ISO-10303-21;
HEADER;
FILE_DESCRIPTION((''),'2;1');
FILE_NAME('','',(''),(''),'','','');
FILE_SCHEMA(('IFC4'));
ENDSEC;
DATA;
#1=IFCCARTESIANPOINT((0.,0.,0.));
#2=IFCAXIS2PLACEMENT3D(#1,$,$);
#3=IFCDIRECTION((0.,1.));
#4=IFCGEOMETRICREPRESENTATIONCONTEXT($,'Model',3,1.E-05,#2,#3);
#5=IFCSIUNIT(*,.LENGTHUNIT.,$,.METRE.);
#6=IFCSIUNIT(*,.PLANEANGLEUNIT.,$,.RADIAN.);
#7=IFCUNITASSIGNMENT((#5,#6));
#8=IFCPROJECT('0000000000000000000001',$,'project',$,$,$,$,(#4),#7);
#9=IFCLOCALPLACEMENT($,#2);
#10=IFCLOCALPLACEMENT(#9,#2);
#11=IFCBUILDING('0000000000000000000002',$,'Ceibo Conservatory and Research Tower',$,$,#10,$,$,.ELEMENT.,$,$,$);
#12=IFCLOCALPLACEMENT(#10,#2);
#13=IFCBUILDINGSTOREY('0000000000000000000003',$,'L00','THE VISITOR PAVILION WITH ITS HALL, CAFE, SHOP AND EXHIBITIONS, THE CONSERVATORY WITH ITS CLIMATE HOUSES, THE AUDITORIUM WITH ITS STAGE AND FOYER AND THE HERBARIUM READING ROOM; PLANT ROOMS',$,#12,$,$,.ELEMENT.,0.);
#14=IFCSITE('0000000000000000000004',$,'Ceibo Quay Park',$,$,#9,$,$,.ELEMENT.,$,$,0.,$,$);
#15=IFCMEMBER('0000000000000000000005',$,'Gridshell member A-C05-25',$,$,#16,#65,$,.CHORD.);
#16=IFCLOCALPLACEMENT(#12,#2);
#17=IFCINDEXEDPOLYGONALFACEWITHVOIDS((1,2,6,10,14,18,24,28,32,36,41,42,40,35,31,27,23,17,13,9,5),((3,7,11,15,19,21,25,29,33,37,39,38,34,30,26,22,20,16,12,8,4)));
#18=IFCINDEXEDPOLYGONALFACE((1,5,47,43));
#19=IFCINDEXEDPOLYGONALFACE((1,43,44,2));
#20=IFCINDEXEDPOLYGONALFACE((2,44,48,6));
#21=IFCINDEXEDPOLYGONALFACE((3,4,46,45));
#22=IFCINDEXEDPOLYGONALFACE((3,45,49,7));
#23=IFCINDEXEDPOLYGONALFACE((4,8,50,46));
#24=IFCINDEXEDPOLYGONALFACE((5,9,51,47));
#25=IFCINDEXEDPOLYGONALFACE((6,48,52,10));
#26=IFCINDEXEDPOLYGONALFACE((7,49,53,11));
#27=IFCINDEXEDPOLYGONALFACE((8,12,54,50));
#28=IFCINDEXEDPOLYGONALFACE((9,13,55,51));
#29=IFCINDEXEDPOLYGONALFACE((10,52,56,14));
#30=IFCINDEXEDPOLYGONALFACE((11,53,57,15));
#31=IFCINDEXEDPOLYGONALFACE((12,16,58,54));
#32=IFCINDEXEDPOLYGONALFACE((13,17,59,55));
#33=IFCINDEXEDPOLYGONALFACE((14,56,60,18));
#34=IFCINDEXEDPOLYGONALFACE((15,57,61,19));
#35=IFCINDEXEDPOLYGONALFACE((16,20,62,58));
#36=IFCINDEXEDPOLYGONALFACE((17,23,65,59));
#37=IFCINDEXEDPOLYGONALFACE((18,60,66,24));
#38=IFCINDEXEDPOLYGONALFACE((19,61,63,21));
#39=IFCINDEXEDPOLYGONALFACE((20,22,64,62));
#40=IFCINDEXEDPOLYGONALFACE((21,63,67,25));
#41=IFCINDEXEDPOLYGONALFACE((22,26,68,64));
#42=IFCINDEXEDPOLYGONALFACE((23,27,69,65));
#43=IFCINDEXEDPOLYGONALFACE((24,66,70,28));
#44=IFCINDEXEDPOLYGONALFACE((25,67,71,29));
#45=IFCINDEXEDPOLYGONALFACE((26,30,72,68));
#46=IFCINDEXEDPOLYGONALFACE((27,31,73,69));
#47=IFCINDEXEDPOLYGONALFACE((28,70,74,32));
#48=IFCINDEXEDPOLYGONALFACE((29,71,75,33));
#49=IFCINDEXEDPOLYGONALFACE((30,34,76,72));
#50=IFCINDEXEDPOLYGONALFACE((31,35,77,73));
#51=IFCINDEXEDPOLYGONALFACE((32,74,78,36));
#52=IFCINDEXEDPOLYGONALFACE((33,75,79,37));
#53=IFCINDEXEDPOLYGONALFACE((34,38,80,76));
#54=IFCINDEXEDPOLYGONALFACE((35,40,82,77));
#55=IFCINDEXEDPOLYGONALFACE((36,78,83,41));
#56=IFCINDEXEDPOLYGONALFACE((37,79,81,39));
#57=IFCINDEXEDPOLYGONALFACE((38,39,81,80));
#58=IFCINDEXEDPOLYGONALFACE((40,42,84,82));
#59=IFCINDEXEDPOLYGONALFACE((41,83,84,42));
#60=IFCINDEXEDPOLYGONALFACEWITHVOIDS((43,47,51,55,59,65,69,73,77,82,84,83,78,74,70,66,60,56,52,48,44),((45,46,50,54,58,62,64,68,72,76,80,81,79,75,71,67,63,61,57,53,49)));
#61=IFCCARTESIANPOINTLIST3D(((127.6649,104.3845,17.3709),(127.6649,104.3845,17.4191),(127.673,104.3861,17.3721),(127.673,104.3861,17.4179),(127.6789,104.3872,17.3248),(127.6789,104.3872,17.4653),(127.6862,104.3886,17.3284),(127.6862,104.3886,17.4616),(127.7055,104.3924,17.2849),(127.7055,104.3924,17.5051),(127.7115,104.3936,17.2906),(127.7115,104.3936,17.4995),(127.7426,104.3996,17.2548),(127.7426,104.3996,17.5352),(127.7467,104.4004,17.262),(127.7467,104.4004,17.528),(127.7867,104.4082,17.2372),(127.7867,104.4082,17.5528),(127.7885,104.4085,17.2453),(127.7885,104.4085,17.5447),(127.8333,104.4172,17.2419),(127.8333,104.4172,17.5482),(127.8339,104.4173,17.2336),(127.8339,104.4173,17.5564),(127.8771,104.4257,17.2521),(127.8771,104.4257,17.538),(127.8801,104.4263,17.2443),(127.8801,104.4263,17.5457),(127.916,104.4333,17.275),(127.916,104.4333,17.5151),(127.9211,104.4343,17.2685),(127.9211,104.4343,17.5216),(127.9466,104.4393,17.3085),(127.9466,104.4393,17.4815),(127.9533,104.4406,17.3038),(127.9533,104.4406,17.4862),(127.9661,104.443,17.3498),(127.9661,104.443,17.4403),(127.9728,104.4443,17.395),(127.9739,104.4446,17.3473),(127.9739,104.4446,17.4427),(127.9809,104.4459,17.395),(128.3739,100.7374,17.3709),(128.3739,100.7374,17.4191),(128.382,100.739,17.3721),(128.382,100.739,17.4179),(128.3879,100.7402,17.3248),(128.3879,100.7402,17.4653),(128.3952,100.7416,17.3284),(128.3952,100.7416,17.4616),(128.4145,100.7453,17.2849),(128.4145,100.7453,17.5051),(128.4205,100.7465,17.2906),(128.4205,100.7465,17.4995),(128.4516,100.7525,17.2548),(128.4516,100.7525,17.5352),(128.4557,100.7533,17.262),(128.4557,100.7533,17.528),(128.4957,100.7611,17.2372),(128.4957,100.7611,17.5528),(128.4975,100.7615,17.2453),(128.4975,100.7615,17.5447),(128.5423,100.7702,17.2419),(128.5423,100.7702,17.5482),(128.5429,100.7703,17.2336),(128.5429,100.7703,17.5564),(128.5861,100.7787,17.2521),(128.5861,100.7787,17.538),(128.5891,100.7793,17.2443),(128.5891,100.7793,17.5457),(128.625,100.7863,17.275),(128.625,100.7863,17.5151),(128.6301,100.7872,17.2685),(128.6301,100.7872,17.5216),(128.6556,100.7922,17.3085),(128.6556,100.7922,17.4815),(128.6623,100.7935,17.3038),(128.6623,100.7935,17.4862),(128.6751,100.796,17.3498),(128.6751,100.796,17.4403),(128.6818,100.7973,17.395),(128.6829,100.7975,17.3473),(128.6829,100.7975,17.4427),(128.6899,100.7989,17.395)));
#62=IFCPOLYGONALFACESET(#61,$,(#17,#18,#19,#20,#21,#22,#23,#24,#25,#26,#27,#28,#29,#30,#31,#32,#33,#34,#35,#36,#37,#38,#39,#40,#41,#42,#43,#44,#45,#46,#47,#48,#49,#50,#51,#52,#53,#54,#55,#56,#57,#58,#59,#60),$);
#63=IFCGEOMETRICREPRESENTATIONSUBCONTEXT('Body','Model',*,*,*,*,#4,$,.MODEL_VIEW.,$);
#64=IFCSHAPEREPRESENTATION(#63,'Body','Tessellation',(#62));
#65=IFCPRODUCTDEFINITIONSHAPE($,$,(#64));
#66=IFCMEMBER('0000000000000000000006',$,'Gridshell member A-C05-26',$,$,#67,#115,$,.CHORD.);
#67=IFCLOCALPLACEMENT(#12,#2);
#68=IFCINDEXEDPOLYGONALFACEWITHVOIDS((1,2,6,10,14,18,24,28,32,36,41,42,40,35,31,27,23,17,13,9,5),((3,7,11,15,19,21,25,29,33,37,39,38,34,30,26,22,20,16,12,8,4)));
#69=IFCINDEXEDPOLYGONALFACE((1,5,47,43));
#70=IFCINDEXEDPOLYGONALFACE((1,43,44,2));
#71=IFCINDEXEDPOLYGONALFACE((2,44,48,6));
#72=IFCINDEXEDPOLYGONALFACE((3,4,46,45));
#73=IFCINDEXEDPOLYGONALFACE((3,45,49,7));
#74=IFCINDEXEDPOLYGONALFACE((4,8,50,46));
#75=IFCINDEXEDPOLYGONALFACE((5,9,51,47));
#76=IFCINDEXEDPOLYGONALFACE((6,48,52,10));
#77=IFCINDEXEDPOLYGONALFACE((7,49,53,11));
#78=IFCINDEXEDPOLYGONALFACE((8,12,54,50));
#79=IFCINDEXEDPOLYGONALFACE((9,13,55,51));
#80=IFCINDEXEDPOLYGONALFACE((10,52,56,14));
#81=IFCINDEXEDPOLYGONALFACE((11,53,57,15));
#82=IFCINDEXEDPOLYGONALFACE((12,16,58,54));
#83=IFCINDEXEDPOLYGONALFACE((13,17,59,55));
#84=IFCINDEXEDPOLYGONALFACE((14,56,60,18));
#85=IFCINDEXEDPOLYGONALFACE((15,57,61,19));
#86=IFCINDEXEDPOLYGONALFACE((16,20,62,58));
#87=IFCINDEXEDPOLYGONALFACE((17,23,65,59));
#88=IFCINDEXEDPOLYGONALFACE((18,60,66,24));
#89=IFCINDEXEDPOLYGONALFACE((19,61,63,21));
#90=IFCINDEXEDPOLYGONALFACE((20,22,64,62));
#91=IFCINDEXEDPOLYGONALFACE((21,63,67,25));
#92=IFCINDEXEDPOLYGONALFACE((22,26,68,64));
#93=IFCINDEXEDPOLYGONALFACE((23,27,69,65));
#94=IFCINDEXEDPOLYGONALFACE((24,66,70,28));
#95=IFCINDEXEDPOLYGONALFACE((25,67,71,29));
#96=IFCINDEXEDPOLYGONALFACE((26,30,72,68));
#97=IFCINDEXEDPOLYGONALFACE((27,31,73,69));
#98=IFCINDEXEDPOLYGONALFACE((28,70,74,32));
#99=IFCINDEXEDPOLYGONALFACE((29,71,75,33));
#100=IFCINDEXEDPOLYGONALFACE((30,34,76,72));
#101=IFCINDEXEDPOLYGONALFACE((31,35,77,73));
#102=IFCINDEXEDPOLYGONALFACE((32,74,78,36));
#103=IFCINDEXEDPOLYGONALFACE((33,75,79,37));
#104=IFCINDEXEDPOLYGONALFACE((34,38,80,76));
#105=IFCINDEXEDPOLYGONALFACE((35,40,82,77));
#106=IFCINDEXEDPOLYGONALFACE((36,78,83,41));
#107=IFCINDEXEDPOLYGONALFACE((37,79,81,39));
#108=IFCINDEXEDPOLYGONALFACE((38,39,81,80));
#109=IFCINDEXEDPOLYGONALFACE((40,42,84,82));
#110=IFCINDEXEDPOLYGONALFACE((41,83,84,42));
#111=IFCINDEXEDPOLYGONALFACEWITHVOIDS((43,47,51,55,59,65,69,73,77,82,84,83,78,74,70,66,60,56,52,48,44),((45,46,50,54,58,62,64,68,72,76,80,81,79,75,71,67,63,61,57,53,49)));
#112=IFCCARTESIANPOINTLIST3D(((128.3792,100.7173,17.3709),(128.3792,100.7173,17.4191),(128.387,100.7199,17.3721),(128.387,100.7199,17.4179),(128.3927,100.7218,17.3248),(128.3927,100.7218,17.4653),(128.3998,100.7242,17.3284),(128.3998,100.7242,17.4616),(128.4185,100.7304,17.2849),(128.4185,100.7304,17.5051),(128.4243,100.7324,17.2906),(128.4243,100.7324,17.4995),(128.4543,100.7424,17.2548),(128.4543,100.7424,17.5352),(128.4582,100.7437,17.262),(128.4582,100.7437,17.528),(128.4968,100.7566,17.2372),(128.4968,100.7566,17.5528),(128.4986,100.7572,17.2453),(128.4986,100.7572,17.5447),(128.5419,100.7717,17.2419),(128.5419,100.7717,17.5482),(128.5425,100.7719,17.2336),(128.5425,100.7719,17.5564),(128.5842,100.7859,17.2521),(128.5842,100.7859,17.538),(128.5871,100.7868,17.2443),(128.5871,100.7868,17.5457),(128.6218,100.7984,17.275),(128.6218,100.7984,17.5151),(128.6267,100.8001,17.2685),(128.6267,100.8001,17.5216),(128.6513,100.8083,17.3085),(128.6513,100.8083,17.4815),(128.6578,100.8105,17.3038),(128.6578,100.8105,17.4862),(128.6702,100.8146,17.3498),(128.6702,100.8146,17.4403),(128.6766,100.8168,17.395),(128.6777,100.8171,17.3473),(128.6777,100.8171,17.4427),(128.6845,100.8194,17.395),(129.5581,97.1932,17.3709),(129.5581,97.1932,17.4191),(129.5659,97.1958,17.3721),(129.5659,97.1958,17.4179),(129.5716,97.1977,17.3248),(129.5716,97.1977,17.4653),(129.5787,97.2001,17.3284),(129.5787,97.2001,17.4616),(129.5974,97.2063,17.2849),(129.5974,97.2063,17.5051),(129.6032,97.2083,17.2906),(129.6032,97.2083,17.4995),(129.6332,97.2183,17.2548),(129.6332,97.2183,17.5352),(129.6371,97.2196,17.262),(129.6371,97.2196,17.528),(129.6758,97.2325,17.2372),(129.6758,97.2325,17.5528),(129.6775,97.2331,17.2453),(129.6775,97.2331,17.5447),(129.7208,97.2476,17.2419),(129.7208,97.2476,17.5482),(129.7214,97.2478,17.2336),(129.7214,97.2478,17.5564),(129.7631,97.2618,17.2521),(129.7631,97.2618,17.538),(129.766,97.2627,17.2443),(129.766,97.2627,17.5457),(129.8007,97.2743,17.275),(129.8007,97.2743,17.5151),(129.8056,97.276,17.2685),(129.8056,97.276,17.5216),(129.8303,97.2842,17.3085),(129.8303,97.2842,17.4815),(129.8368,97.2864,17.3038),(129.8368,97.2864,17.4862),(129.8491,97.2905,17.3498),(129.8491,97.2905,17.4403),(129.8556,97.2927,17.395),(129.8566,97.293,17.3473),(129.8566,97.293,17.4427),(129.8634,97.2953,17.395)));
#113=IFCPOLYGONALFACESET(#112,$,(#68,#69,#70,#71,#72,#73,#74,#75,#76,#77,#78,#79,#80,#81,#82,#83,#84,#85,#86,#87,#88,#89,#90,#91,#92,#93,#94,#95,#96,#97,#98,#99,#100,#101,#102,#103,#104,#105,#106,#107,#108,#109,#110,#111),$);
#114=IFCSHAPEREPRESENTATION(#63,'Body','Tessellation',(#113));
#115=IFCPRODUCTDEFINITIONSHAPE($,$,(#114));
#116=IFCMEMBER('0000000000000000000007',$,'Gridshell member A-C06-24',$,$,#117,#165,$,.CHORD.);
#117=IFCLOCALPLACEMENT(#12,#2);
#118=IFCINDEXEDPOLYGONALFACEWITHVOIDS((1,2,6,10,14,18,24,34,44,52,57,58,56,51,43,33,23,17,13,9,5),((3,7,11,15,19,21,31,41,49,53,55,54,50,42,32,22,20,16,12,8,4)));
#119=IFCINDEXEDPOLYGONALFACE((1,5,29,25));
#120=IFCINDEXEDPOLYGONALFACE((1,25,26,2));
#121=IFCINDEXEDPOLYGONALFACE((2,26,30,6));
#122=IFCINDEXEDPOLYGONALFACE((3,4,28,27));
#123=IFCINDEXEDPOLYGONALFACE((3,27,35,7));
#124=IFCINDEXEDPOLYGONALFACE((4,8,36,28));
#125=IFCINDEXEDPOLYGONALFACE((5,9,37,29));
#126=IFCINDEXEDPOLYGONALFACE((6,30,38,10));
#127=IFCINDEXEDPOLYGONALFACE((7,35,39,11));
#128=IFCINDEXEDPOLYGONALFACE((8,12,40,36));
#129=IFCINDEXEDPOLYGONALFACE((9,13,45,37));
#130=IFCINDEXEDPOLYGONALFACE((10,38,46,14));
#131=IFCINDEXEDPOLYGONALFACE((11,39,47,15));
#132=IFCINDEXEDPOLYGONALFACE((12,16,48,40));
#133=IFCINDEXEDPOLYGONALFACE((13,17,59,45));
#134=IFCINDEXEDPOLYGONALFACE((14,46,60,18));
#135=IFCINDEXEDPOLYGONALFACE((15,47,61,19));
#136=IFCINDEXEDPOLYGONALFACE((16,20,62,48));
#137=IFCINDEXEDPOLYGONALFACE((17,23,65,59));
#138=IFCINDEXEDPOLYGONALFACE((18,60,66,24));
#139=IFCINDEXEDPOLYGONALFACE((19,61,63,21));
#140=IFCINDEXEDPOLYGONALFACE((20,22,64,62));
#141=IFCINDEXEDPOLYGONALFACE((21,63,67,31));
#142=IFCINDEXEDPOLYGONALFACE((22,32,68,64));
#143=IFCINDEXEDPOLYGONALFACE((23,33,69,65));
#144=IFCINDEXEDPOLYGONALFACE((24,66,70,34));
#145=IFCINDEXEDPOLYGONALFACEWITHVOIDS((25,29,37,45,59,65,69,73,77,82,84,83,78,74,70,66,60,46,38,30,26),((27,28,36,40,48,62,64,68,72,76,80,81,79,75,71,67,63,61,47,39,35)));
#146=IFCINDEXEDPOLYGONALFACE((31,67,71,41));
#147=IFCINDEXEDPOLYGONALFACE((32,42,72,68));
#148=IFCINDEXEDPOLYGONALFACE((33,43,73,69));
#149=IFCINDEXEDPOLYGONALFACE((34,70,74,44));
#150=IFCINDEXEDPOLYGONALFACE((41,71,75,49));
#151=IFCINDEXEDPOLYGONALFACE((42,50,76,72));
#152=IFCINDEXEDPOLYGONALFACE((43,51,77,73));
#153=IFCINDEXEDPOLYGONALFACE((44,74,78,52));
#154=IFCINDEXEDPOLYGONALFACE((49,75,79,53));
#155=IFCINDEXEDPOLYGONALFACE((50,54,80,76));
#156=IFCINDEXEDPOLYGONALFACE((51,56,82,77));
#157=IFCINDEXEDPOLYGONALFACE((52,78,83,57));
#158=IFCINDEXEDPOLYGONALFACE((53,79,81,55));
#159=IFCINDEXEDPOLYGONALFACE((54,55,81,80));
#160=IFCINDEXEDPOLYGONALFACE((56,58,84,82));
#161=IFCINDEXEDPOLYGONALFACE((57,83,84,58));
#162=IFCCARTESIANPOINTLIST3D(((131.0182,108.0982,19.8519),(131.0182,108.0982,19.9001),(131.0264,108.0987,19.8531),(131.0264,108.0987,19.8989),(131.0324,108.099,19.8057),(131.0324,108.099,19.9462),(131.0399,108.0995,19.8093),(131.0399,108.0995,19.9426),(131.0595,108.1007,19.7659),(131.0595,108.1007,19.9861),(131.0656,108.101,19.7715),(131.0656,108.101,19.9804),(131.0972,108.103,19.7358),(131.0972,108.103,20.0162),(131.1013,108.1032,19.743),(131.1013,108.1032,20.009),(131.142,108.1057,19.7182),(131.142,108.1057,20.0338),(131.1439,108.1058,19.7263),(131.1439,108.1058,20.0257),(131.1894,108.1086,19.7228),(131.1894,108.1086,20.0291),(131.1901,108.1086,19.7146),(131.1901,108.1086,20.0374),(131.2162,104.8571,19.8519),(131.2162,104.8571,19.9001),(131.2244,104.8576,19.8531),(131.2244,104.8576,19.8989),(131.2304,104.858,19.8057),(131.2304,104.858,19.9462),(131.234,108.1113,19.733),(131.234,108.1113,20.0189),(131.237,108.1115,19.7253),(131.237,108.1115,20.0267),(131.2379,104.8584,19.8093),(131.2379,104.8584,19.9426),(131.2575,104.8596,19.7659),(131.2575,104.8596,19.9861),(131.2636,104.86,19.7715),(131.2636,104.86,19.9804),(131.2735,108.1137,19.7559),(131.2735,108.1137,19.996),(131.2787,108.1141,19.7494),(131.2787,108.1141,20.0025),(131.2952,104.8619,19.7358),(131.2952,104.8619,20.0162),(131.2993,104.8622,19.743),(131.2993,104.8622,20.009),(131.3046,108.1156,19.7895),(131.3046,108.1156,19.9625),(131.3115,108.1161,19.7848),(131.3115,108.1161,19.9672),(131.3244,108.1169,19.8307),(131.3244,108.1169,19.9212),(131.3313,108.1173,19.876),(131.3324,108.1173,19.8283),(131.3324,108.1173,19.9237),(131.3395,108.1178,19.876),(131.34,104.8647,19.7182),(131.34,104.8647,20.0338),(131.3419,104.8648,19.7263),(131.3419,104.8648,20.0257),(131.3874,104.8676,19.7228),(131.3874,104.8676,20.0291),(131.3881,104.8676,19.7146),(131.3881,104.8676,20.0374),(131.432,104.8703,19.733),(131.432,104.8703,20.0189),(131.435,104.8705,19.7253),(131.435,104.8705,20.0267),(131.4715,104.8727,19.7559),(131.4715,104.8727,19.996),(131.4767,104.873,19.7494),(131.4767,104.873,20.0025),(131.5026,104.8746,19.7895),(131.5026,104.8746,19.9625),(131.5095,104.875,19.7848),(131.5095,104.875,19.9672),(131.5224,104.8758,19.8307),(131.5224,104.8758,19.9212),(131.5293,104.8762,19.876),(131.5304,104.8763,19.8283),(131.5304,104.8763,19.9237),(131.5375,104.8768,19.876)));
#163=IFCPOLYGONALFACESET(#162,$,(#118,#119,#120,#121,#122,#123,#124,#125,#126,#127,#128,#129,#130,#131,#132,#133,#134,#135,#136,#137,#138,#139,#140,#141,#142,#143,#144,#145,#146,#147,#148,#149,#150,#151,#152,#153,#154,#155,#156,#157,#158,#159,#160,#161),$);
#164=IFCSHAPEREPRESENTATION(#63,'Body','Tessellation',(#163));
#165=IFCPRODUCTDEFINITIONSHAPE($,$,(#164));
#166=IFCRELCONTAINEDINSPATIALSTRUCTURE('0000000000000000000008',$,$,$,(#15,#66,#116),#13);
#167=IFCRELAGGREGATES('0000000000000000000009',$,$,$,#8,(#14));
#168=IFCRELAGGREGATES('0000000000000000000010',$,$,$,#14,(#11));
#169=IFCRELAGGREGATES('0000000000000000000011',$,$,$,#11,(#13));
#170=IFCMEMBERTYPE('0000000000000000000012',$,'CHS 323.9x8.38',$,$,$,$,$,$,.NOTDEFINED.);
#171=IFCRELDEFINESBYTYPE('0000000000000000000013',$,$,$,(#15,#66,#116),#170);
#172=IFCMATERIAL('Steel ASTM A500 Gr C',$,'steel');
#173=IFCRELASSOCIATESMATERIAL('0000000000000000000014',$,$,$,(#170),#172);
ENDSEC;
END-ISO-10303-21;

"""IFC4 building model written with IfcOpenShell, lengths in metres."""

from ifc_helpers import new_model, si_unit, direction, frame, origin, origin_2d, place, context, subcontext, project, spatial, hollow_circle, extrude, material, material_profile, profile_set, type_object, element, save


model = new_model("IFC4")

# Units and contexts
model_context = context("Model", 3, precision=1e-05, world=origin(), true_north=direction((0.0, 1.0)))
body_context = subcontext(model_context, "Body", "Model", "MODEL_VIEW")
ifc_project = project(units=[si_unit("LENGTHUNIT", "METRE"), si_unit("PLANEANGLEUNIT", "RADIAN")], contexts=[model_context])

# Site, building, storey
site_placement = place(None, origin())
site = spatial("IfcSite", under=ifc_project, at=site_placement, Name="Ceibo Quay Park", CompositionType="ELEMENT", RefElevation=0.0)
building_placement = place(site_placement, origin())
building = spatial("IfcBuilding", under=site, at=building_placement, Name="Ceibo Conservatory and Research Tower", CompositionType="ELEMENT")
storey_placement = place(building_placement, origin())
storey = spatial("IfcBuildingStorey", under=building, at=storey_placement, Name="L00", Description="THE VISITOR PAVILION WITH ITS HALL, CAFE, SHOP AND EXHIBITIONS, THE CONSERVATORY WITH ITS CLIMATE HOUSES, THE AUDITORIUM WITH ITS STAGE AND FOYER AND THE HERBARIUM READING ROOM; PLANT ROOMS", CompositionType="ELEMENT", Elevation=0.0)

# Members
ifc_material_1 = material(Name="Steel ASTM A500 Gr C", Category="steel")
ifc_material_profile_1 = material_profile(ifc_material_1, hollow_circle(Radius=0.1619, WallThickness=0.0083, at=origin_2d()), Name="CHS 323.9x8.38")
ifc_profile_set_1 = profile_set([ifc_material_profile_1], Name="Steel ASTM A500 Gr C")
member_type_1 = type_object("IfcMemberType", Name="CHS 323.9x8.38", PredefinedType="NOTDEFINED", material=ifc_profile_set_1)
member_1_placement = place(storey_placement, frame((127.822, 104.415, 17.395), z_axis=(0.190831, -0.981623, 0.0), x_axis=(0.981623, 0.190831, 0.0)))
element("IfcMember", 1, at=member_1_placement, inside=storey, type_object=member_type_1, Name="Gridshell member A-C05-25", PredefinedType="CHORD", context=body_context, shape_type="SweptSolid", body=[
    extrude(hollow_circle(Radius=0.1619, WallThickness=0.0083, at=origin_2d()), origin(), (0.0, 0.0, 1.0), 3.7153),
])
member_2_placement = place(storey_placement, frame((128.531, 100.7681, 17.395), z_axis=(0.317252, -0.948341, 0.0), x_axis=(0.948341, 0.317252, 0.0)))
element("IfcMember", 2, at=member_2_placement, inside=storey, type_object=member_type_1, Name="Gridshell member A-C05-26", PredefinedType="CHORD", context=body_context, shape_type="SweptSolid", body=[
    extrude(hollow_circle(Radius=0.1619, WallThickness=0.0083, at=origin_2d()), origin(), (0.0, 0.0, 1.0), 3.7161),
])
member_3_placement = place(storey_placement, frame((131.178, 108.1079, 19.876), z_axis=(0.060979, -0.998139, 0.0), x_axis=(0.998139, 0.060979, 0.0)))
element("IfcMember", 3, at=member_3_placement, inside=storey, type_object=member_type_1, Name="Gridshell member A-C06-24", PredefinedType="CHORD", context=body_context, shape_type="SweptSolid", body=[
    extrude(hollow_circle(Radius=0.1619, WallThickness=0.0083, at=origin_2d()), origin(), (0.0, 0.0, 1.0), 3.2471),
])

save(model, "model.ifc")
